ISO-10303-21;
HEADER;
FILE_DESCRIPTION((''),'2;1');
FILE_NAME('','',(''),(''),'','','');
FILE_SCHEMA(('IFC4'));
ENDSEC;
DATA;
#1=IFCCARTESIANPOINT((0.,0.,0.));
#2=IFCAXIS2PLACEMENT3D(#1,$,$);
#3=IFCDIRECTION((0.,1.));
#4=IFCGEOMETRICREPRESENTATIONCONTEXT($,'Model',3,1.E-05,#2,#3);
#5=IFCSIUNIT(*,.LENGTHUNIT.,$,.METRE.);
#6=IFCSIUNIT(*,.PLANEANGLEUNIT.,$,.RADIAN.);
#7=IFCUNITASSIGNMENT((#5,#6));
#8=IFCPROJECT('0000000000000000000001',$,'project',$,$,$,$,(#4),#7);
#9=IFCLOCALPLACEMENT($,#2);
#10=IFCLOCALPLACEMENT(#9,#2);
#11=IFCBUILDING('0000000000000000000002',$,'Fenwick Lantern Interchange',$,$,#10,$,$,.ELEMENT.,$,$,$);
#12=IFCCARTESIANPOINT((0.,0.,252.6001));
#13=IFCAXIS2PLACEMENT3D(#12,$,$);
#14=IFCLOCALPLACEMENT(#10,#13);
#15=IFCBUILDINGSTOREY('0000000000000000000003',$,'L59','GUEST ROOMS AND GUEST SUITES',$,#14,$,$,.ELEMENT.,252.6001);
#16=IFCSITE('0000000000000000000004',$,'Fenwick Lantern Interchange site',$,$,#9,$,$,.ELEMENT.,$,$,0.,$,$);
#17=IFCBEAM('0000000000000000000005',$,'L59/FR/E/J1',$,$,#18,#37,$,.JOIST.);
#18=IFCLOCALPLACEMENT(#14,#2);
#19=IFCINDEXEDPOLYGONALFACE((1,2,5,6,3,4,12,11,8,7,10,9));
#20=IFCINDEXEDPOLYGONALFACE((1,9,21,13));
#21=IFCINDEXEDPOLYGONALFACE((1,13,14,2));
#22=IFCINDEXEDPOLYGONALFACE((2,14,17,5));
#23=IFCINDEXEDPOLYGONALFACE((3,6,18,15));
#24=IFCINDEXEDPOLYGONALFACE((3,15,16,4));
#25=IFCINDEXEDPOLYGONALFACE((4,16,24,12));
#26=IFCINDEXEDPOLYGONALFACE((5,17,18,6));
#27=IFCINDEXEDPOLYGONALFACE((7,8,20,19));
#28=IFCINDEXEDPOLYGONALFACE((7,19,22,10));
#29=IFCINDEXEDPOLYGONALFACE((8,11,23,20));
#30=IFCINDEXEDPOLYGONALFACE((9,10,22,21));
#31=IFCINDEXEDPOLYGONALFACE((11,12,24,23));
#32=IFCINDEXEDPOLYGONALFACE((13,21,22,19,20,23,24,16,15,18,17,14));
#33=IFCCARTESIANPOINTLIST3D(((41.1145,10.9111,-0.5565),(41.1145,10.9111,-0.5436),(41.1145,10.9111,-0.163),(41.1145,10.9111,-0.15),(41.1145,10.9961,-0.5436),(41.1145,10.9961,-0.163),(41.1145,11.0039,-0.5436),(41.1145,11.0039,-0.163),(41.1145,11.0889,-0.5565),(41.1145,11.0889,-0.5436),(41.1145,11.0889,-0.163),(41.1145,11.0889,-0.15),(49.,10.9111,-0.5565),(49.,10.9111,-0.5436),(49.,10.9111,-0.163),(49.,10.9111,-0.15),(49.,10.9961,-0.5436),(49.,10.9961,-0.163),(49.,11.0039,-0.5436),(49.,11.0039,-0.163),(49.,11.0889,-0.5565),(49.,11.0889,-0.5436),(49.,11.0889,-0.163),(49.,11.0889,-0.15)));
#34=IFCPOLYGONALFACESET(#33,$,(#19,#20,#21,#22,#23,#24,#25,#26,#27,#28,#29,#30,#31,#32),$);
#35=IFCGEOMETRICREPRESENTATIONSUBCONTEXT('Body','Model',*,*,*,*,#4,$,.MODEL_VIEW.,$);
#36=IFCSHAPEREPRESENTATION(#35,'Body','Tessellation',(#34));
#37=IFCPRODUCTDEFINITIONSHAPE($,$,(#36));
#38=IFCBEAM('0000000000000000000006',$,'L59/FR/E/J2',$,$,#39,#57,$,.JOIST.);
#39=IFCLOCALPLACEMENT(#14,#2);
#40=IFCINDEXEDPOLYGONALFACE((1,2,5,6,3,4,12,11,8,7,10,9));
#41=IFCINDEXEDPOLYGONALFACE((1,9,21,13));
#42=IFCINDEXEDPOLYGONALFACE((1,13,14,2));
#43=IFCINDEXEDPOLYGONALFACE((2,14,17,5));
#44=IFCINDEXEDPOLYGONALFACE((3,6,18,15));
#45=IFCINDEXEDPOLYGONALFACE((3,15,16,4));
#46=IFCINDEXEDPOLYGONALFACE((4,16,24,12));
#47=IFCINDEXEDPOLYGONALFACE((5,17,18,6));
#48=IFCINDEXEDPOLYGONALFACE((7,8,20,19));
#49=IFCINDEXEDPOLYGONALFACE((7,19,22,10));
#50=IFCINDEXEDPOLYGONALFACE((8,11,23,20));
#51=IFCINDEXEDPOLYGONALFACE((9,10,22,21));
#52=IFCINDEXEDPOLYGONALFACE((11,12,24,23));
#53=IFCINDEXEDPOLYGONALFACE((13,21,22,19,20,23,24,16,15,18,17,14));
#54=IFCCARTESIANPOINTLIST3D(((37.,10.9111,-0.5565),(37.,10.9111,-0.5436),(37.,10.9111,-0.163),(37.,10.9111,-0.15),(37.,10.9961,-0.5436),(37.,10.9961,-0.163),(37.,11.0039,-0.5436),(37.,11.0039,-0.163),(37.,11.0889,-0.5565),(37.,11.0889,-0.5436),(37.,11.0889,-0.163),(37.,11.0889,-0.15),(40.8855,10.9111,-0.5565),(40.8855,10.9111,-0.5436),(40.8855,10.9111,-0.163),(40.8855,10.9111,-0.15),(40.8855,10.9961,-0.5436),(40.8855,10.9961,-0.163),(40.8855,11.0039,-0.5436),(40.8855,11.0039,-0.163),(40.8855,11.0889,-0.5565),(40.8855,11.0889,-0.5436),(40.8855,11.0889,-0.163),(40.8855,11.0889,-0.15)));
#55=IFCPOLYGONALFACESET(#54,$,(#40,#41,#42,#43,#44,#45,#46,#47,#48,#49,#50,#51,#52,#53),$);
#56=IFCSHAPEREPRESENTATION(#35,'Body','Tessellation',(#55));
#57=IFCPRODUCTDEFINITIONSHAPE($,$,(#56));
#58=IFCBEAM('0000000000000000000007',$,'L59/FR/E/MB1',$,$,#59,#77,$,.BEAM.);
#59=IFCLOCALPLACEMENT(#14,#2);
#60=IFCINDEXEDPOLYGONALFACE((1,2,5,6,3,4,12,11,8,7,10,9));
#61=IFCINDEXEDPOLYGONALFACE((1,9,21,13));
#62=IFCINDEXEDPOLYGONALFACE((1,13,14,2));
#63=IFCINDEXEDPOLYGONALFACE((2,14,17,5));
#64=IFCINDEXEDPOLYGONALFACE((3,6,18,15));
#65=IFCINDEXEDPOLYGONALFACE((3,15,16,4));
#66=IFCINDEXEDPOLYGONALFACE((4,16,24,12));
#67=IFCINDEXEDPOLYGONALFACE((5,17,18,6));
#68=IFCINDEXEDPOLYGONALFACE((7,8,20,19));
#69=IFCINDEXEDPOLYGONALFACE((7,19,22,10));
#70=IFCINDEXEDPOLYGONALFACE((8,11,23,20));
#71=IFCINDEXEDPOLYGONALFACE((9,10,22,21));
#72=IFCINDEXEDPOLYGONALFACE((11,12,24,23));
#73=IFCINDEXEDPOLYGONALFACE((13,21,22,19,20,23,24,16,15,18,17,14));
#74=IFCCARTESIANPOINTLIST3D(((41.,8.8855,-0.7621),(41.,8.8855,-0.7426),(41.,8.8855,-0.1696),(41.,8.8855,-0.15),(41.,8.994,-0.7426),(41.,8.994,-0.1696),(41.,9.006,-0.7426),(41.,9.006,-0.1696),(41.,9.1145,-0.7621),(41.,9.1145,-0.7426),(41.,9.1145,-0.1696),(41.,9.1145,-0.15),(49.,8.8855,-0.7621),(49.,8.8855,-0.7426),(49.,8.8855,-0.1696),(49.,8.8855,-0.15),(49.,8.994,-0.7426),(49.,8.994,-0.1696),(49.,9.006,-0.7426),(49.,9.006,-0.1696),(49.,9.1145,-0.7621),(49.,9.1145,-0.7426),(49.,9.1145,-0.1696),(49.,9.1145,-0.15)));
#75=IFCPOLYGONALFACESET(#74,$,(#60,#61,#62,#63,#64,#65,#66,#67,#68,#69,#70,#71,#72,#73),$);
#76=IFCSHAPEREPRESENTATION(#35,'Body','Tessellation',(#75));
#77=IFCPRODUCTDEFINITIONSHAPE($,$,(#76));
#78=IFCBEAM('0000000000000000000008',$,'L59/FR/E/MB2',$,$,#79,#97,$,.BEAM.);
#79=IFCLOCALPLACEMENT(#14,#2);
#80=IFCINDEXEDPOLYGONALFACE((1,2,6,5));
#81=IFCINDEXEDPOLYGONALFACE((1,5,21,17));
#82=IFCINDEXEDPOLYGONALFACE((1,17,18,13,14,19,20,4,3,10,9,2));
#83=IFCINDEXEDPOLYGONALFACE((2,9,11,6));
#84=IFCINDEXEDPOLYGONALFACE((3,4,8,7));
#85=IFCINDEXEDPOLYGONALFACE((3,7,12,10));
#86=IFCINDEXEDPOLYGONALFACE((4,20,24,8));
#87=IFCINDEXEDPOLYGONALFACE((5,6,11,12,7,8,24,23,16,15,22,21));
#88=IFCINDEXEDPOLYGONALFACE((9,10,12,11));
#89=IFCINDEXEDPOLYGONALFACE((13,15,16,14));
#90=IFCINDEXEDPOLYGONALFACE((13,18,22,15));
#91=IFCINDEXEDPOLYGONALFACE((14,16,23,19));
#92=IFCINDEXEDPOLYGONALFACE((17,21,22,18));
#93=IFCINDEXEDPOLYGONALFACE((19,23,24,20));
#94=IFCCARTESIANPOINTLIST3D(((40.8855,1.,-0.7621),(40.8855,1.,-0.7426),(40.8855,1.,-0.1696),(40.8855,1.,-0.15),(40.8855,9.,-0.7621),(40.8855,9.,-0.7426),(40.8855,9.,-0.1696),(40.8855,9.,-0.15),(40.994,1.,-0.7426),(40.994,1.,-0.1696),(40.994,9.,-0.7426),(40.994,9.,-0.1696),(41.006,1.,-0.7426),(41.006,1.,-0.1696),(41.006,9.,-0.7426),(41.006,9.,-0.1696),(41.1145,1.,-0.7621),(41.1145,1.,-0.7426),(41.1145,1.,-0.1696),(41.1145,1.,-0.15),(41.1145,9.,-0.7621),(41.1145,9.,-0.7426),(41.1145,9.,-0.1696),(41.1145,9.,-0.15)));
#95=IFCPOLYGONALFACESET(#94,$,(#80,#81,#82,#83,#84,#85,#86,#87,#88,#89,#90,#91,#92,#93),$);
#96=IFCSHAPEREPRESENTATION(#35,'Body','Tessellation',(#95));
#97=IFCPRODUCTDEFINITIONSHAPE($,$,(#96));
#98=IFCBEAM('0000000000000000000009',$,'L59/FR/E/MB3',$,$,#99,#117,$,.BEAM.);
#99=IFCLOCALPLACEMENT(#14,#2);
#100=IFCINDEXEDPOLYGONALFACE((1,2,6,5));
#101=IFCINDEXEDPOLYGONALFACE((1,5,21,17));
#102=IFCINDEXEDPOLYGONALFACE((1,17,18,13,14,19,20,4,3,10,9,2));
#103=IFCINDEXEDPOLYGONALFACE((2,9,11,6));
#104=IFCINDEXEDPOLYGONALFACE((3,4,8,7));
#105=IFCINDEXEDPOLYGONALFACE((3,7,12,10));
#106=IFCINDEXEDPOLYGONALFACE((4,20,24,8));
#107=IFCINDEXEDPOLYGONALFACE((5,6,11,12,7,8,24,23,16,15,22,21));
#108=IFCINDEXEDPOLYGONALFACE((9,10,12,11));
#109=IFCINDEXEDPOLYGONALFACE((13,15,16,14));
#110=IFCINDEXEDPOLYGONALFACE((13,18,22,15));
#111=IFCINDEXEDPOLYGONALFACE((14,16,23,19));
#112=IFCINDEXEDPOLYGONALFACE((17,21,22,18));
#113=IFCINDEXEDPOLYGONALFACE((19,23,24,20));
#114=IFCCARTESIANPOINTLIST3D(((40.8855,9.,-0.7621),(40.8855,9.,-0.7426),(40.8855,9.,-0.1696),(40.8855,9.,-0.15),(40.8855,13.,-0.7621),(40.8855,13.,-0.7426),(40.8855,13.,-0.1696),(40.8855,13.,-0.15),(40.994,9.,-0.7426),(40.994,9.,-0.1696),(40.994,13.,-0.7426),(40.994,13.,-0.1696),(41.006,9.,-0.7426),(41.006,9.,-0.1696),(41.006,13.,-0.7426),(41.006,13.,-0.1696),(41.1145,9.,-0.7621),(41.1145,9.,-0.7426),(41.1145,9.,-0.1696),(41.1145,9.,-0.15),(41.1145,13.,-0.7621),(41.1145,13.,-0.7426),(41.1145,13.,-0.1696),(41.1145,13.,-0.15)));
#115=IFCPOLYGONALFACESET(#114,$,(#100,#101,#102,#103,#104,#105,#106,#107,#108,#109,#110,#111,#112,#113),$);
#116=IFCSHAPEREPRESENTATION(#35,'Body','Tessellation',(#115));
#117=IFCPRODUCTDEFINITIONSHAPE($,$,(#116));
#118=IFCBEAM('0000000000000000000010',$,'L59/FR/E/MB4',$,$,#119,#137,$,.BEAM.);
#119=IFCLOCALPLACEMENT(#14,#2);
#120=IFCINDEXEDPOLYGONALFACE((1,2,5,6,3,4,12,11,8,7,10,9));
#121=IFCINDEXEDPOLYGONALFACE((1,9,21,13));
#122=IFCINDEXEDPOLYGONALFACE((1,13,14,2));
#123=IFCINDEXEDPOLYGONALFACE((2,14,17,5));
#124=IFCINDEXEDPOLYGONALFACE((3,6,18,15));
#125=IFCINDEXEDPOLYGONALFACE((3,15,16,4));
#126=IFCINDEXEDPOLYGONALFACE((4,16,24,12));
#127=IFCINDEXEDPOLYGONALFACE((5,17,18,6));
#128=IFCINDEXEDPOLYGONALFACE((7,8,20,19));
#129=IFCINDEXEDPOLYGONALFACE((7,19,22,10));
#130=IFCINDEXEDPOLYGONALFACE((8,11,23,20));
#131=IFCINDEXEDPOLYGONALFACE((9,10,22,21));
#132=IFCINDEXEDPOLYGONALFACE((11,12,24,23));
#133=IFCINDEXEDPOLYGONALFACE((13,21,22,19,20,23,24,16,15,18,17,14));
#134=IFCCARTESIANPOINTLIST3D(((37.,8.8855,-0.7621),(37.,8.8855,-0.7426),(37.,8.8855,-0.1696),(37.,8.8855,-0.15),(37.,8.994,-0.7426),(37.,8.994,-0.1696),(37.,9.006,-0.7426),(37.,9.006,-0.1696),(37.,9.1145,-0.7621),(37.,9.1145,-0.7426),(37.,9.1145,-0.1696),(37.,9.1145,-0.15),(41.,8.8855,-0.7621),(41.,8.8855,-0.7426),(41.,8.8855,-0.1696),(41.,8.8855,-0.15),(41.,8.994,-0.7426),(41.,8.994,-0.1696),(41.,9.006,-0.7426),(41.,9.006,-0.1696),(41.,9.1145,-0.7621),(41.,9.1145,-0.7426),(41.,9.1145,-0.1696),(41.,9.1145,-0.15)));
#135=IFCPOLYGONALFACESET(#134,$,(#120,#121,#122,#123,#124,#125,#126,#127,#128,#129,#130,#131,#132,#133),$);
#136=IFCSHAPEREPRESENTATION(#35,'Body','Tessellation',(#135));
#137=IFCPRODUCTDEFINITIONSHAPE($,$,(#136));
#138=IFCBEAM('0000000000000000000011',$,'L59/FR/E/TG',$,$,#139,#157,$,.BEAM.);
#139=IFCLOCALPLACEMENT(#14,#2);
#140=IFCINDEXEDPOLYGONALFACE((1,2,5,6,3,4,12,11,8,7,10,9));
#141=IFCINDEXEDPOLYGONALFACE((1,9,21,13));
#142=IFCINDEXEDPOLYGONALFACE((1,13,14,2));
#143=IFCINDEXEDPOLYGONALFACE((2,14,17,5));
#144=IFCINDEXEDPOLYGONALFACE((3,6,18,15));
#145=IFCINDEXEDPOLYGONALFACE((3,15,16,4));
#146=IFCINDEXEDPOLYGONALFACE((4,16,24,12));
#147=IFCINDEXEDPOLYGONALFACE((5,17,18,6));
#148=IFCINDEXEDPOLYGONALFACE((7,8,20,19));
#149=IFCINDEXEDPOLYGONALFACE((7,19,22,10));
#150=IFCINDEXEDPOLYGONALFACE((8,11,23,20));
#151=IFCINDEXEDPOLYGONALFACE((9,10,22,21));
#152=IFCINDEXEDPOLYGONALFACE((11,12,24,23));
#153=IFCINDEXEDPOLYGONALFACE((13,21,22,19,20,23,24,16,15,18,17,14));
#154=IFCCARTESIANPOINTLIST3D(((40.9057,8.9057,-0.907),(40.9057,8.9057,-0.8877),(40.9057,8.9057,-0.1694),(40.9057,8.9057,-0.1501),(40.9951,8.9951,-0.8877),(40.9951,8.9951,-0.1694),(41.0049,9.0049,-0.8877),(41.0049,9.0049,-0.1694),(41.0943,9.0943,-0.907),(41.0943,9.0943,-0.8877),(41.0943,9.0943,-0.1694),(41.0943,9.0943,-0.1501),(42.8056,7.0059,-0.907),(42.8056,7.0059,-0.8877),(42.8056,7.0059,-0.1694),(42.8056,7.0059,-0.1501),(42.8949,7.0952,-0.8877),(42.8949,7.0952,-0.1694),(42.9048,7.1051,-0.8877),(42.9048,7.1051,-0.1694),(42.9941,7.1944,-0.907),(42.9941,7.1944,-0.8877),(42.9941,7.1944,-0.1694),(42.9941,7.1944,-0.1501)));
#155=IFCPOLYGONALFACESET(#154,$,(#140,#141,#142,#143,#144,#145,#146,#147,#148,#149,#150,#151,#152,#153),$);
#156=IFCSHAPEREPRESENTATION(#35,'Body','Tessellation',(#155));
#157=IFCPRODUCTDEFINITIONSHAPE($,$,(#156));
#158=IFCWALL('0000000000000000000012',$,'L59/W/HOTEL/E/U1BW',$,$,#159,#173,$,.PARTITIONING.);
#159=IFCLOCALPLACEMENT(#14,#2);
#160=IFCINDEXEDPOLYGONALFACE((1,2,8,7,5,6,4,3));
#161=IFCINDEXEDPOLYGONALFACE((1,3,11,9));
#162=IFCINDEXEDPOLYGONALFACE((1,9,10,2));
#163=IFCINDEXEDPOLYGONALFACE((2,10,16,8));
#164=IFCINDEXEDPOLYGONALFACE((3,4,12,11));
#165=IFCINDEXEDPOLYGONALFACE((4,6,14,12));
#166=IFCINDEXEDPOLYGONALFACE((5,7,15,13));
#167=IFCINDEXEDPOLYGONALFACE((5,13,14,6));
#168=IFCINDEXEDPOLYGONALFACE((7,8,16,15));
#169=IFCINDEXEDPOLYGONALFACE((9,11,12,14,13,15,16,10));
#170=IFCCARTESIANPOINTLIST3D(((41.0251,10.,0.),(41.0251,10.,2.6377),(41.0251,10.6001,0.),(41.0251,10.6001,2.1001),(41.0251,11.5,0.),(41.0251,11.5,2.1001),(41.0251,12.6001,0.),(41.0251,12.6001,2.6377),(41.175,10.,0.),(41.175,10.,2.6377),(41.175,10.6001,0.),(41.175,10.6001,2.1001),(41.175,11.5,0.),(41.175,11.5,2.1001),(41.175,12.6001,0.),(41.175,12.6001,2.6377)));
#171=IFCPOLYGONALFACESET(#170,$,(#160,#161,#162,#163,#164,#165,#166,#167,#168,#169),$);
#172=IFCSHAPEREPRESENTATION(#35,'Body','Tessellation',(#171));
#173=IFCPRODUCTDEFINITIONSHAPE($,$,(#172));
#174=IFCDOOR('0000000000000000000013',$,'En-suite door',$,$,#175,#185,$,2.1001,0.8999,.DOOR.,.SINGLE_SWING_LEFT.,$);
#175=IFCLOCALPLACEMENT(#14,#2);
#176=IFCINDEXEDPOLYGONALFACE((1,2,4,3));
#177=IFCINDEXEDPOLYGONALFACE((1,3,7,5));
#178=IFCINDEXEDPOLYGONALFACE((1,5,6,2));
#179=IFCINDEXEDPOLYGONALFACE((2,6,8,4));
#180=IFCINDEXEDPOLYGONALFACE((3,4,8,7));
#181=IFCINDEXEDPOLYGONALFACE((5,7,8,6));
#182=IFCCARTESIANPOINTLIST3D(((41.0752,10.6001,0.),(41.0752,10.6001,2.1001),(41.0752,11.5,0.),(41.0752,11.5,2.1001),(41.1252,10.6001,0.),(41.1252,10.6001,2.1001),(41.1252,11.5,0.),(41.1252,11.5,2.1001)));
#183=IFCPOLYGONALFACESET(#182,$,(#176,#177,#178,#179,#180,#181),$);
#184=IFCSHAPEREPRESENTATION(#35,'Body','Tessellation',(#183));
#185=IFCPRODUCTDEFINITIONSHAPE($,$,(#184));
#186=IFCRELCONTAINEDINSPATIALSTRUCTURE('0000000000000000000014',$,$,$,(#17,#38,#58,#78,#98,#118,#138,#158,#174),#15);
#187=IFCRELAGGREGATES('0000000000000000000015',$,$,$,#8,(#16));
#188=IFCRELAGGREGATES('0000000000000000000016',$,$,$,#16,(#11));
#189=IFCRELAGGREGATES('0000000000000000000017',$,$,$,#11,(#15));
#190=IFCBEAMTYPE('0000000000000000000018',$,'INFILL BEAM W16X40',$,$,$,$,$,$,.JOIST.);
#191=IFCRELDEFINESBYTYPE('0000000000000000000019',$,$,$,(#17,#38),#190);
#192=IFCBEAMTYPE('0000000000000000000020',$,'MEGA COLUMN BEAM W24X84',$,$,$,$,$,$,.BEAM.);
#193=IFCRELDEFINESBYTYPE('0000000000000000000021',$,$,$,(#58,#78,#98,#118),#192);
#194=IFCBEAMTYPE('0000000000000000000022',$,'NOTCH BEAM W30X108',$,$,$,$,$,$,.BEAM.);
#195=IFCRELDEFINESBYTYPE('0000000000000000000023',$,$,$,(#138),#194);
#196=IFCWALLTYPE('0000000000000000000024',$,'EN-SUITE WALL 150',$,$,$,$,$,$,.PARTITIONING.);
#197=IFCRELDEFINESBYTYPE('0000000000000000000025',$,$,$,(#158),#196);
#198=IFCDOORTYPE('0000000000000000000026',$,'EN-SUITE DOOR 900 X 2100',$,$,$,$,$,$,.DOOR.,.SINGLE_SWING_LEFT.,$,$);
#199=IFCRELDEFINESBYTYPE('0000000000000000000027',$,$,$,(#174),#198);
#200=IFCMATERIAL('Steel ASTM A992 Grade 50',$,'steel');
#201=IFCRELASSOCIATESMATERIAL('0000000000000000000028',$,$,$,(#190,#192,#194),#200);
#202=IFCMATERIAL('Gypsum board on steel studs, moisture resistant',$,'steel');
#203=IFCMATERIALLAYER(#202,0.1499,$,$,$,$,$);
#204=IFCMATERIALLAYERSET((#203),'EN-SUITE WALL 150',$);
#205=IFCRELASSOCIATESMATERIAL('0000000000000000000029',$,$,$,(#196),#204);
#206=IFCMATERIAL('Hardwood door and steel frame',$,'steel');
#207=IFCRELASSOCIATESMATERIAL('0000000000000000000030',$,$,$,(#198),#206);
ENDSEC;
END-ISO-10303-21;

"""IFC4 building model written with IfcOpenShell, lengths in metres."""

from ifc_helpers import new_model, si_unit, direction, frame, frame_2d, origin, origin_2d, place, context, subcontext, project, spatial, rectangle, i_section, extrude, material, layer, layer_set, material_profile, profile_set, type_object, element, fill, save


model = new_model("IFC4")

# Units and contexts
model_context = context("Model", 3, precision=1e-05, world=origin(), true_north=direction((0.0, 1.0)))
body_context = subcontext(model_context, "Body", "Model", "MODEL_VIEW")
ifc_project = project(units=[si_unit("LENGTHUNIT", "METRE"), si_unit("PLANEANGLEUNIT", "RADIAN")], contexts=[model_context])

# Site, building, storey
site_placement = place(None, origin())
site = spatial("IfcSite", under=ifc_project, at=site_placement, Name="Fenwick Lantern Interchange site", CompositionType="ELEMENT", RefElevation=0.0)
building_placement = place(site_placement, origin())
building = spatial("IfcBuilding", under=site, at=building_placement, Name="Fenwick Lantern Interchange", CompositionType="ELEMENT")
storey_placement = place(building_placement, frame((0.0, 0.0, 252.6001)))
storey = spatial("IfcBuildingStorey", under=building, at=storey_placement, Name="L59", Description="GUEST ROOMS AND GUEST SUITES", CompositionType="ELEMENT", Elevation=252.6001)

# Shared definitions
ifc_material_1 = material(Name="Steel ASTM A992 Grade 50", Category="steel")

# Beams
ifc_material_profile_1 = material_profile(ifc_material_1, i_section(OverallWidth=0.1777, OverallDepth=0.4065, WebThickness=0.0078, FlangeThickness=0.0129, at=origin_2d()), Name="W16X40")
ifc_profile_set_1 = profile_set([ifc_material_profile_1], Name="Steel ASTM A992 Grade 50")
beam_type_1 = type_object("IfcBeamType", Name="INFILL BEAM W16X40", PredefinedType="JOIST", material=ifc_profile_set_1)
beam_1_placement = place(storey_placement, frame((49.0, 11.0, -0.3533), z_axis=(-1.0, 0.0, 0.0), x_axis=(0.0, -1.0, 0.0)))
element("IfcBeam", 1, at=beam_1_placement, inside=storey, type_object=beam_type_1, Name="L59/FR/E/J1", PredefinedType="JOIST", context=body_context, shape_type="SweptSolid", body=[
    extrude(i_section(OverallWidth=0.1777, OverallDepth=0.4065, WebThickness=0.0078, FlangeThickness=0.0129, at=origin_2d()), origin(), (0.0, 0.0, 1.0), 7.8855),
])
beam_2_placement = place(storey_placement, frame((40.8855, 11.0, -0.3533), z_axis=(-1.0, 0.0, 0.0), x_axis=(0.0, -1.0, 0.0)))
element("IfcBeam", 2, at=beam_2_placement, inside=storey, type_object=beam_type_1, Name="L59/FR/E/J2", PredefinedType="JOIST", context=body_context, shape_type="SweptSolid", body=[
    extrude(i_section(OverallWidth=0.1777, OverallDepth=0.4065, WebThickness=0.0078, FlangeThickness=0.0129, at=origin_2d()), origin(), (0.0, 0.0, 1.0), 3.8855),
])
ifc_material_profile_2 = material_profile(ifc_material_1, i_section(OverallWidth=0.229, OverallDepth=0.6121, WebThickness=0.012, FlangeThickness=0.0195, at=origin_2d()), Name="W24X84")
ifc_profile_set_2 = profile_set([ifc_material_profile_2], Name="Steel ASTM A992 Grade 50")
beam_type_2 = type_object("IfcBeamType", Name="MEGA COLUMN BEAM W24X84", PredefinedType="BEAM", material=ifc_profile_set_2)
for number, where, z_axis, x_axis, name in (
    (3, (41.0, 9.0, -0.4561), (1.0, 0.0, 0.0), (0.0, 1.0, 0.0), "L59/FR/E/MB1"),
    (4, (41.0, 9.0, -0.4561), (0.0, -1.0, 0.0), (1.0, 0.0, 0.0), "L59/FR/E/MB2"),
):
    element("IfcBeam", number, at=place(storey_placement, frame(where, z_axis=z_axis, x_axis=x_axis)), inside=storey, type_object=beam_type_2, Name=name, PredefinedType="BEAM", context=body_context, shape_type="SweptSolid", body=[
        extrude(i_section(OverallWidth=0.229, OverallDepth=0.6121, WebThickness=0.012, FlangeThickness=0.0195, at=origin_2d()), origin(), (0.0, 0.0, 1.0), 8.0),
    ])
for number, where, z_axis, x_axis, name in (
    (5, (41.0, 9.0, -0.4561), (0.0, 1.0, 0.0), (-1.0, 0.0, 0.0), "L59/FR/E/MB3"),
    (6, (41.0, 9.0, -0.4561), (-1.0, 0.0, 0.0), (0.0, -1.0, 0.0), "L59/FR/E/MB4"),
):
    element("IfcBeam", number, at=place(storey_placement, frame(where, z_axis=z_axis, x_axis=x_axis)), inside=storey, type_object=beam_type_2, Name=name, PredefinedType="BEAM", context=body_context, shape_type="SweptSolid", body=[
        extrude(i_section(OverallWidth=0.229, OverallDepth=0.6121, WebThickness=0.012, FlangeThickness=0.0195, at=origin_2d()), origin(), (0.0, 0.0, 1.0), 4.0),
    ])
ifc_material_profile_3 = material_profile(ifc_material_1, i_section(OverallWidth=0.2666, OverallDepth=0.7568, WebThickness=0.0139, FlangeThickness=0.0193, at=origin_2d()), Name="W30X108")
ifc_profile_set_3 = profile_set([ifc_material_profile_3], Name="Steel ASTM A992 Grade 50")
beam_type_3 = type_object("IfcBeamType", Name="NOTCH BEAM W30X108", PredefinedType="BEAM", material=ifc_profile_set_3)
beam_3_placement = place(storey_placement, frame((41.0, 9.0, -0.5286), z_axis=(0.707107, -0.707107, 0.0), x_axis=(0.707107, 0.707107, 0.0)))
element("IfcBeam", 7, at=beam_3_placement, inside=storey, type_object=beam_type_3, Name="L59/FR/E/TG", PredefinedType="BEAM", context=body_context, shape_type="SweptSolid", body=[
    extrude(i_section(OverallWidth=0.2666, OverallDepth=0.7568, WebThickness=0.0139, FlangeThickness=0.0193, at=origin_2d()), origin(), (0.0, 0.0, 1.0), 2.6868),
])

# Wall, opening, door
ifc_material_2 = material(Name="Gypsum board on steel studs, moisture resistant", Category="steel")
ifc_layer = layer(ifc_material_2, 0.1499)
ifc_layer_set = layer_set([ifc_layer], Name="EN-SUITE WALL 150")
wall_type = type_object("IfcWallType", Name="EN-SUITE WALL 150", PredefinedType="PARTITIONING", material=ifc_layer_set)
wall_placement = place(storey_placement, frame((41.1001, 10.0, 0.0), z_axis=(0.0, 0.0, 1.0), x_axis=(0.0, 1.0, 0.0)))
wall = element("IfcWall", 8, at=wall_placement, inside=storey, type_object=wall_type, Name="L59/W/HOTEL/E/U1BW", PredefinedType="PARTITIONING", context=body_context, shape_type="SweptSolid", body=[
    extrude(rectangle(XDim=2.6001, YDim=0.1499, at=frame_2d((1.3, 0.0))), origin(), (0.0, 0.0, 1.0), 2.6377),
])
opening_placement = place(wall_placement, frame((0.6001, 0.0, 0.0)))
opening = element("IfcOpeningElement", 9, at=opening_placement, cuts=wall, PredefinedType="OPENING", context=body_context, shape_type="SweptSolid", body=[
    extrude(rectangle(XDim=0.8999, YDim=2.1001, at=frame_2d((0.45, 1.05))), frame((0.0, 0.085, 0.0), z_axis=(0.0, -1.0, 0.0), x_axis=(1.0, 0.0, 0.0)), (0.0, 0.0, 1.0), 0.1699),
])
ifc_material_3 = material(Name="Hardwood door and steel frame", Category="steel")
door_type = type_object("IfcDoorType", Name="EN-SUITE DOOR 900 X 2100", OperationType="SINGLE_SWING_LEFT", PredefinedType="DOOR", material=ifc_material_3)
door_placement = place(opening_placement, origin())
door = element("IfcDoor", 10, at=door_placement, inside=storey, type_object=door_type, Name="En-suite door", OperationType="SINGLE_SWING_LEFT", OverallHeight=2.1001, OverallWidth=0.8999, PredefinedType="DOOR", context=body_context, shape_type="SweptSolid", body=[
    extrude(rectangle(XDim=0.8999, YDim=2.1001, at=frame_2d((0.45, 1.05))), frame((0.0, 0.0249, 0.0), z_axis=(0.0, -1.0, 0.0), x_axis=(1.0, 0.0, 0.0)), (0.0, 0.0, 1.0), 0.05),
])
fill(opening, door)

save(model, "model.ifc")
